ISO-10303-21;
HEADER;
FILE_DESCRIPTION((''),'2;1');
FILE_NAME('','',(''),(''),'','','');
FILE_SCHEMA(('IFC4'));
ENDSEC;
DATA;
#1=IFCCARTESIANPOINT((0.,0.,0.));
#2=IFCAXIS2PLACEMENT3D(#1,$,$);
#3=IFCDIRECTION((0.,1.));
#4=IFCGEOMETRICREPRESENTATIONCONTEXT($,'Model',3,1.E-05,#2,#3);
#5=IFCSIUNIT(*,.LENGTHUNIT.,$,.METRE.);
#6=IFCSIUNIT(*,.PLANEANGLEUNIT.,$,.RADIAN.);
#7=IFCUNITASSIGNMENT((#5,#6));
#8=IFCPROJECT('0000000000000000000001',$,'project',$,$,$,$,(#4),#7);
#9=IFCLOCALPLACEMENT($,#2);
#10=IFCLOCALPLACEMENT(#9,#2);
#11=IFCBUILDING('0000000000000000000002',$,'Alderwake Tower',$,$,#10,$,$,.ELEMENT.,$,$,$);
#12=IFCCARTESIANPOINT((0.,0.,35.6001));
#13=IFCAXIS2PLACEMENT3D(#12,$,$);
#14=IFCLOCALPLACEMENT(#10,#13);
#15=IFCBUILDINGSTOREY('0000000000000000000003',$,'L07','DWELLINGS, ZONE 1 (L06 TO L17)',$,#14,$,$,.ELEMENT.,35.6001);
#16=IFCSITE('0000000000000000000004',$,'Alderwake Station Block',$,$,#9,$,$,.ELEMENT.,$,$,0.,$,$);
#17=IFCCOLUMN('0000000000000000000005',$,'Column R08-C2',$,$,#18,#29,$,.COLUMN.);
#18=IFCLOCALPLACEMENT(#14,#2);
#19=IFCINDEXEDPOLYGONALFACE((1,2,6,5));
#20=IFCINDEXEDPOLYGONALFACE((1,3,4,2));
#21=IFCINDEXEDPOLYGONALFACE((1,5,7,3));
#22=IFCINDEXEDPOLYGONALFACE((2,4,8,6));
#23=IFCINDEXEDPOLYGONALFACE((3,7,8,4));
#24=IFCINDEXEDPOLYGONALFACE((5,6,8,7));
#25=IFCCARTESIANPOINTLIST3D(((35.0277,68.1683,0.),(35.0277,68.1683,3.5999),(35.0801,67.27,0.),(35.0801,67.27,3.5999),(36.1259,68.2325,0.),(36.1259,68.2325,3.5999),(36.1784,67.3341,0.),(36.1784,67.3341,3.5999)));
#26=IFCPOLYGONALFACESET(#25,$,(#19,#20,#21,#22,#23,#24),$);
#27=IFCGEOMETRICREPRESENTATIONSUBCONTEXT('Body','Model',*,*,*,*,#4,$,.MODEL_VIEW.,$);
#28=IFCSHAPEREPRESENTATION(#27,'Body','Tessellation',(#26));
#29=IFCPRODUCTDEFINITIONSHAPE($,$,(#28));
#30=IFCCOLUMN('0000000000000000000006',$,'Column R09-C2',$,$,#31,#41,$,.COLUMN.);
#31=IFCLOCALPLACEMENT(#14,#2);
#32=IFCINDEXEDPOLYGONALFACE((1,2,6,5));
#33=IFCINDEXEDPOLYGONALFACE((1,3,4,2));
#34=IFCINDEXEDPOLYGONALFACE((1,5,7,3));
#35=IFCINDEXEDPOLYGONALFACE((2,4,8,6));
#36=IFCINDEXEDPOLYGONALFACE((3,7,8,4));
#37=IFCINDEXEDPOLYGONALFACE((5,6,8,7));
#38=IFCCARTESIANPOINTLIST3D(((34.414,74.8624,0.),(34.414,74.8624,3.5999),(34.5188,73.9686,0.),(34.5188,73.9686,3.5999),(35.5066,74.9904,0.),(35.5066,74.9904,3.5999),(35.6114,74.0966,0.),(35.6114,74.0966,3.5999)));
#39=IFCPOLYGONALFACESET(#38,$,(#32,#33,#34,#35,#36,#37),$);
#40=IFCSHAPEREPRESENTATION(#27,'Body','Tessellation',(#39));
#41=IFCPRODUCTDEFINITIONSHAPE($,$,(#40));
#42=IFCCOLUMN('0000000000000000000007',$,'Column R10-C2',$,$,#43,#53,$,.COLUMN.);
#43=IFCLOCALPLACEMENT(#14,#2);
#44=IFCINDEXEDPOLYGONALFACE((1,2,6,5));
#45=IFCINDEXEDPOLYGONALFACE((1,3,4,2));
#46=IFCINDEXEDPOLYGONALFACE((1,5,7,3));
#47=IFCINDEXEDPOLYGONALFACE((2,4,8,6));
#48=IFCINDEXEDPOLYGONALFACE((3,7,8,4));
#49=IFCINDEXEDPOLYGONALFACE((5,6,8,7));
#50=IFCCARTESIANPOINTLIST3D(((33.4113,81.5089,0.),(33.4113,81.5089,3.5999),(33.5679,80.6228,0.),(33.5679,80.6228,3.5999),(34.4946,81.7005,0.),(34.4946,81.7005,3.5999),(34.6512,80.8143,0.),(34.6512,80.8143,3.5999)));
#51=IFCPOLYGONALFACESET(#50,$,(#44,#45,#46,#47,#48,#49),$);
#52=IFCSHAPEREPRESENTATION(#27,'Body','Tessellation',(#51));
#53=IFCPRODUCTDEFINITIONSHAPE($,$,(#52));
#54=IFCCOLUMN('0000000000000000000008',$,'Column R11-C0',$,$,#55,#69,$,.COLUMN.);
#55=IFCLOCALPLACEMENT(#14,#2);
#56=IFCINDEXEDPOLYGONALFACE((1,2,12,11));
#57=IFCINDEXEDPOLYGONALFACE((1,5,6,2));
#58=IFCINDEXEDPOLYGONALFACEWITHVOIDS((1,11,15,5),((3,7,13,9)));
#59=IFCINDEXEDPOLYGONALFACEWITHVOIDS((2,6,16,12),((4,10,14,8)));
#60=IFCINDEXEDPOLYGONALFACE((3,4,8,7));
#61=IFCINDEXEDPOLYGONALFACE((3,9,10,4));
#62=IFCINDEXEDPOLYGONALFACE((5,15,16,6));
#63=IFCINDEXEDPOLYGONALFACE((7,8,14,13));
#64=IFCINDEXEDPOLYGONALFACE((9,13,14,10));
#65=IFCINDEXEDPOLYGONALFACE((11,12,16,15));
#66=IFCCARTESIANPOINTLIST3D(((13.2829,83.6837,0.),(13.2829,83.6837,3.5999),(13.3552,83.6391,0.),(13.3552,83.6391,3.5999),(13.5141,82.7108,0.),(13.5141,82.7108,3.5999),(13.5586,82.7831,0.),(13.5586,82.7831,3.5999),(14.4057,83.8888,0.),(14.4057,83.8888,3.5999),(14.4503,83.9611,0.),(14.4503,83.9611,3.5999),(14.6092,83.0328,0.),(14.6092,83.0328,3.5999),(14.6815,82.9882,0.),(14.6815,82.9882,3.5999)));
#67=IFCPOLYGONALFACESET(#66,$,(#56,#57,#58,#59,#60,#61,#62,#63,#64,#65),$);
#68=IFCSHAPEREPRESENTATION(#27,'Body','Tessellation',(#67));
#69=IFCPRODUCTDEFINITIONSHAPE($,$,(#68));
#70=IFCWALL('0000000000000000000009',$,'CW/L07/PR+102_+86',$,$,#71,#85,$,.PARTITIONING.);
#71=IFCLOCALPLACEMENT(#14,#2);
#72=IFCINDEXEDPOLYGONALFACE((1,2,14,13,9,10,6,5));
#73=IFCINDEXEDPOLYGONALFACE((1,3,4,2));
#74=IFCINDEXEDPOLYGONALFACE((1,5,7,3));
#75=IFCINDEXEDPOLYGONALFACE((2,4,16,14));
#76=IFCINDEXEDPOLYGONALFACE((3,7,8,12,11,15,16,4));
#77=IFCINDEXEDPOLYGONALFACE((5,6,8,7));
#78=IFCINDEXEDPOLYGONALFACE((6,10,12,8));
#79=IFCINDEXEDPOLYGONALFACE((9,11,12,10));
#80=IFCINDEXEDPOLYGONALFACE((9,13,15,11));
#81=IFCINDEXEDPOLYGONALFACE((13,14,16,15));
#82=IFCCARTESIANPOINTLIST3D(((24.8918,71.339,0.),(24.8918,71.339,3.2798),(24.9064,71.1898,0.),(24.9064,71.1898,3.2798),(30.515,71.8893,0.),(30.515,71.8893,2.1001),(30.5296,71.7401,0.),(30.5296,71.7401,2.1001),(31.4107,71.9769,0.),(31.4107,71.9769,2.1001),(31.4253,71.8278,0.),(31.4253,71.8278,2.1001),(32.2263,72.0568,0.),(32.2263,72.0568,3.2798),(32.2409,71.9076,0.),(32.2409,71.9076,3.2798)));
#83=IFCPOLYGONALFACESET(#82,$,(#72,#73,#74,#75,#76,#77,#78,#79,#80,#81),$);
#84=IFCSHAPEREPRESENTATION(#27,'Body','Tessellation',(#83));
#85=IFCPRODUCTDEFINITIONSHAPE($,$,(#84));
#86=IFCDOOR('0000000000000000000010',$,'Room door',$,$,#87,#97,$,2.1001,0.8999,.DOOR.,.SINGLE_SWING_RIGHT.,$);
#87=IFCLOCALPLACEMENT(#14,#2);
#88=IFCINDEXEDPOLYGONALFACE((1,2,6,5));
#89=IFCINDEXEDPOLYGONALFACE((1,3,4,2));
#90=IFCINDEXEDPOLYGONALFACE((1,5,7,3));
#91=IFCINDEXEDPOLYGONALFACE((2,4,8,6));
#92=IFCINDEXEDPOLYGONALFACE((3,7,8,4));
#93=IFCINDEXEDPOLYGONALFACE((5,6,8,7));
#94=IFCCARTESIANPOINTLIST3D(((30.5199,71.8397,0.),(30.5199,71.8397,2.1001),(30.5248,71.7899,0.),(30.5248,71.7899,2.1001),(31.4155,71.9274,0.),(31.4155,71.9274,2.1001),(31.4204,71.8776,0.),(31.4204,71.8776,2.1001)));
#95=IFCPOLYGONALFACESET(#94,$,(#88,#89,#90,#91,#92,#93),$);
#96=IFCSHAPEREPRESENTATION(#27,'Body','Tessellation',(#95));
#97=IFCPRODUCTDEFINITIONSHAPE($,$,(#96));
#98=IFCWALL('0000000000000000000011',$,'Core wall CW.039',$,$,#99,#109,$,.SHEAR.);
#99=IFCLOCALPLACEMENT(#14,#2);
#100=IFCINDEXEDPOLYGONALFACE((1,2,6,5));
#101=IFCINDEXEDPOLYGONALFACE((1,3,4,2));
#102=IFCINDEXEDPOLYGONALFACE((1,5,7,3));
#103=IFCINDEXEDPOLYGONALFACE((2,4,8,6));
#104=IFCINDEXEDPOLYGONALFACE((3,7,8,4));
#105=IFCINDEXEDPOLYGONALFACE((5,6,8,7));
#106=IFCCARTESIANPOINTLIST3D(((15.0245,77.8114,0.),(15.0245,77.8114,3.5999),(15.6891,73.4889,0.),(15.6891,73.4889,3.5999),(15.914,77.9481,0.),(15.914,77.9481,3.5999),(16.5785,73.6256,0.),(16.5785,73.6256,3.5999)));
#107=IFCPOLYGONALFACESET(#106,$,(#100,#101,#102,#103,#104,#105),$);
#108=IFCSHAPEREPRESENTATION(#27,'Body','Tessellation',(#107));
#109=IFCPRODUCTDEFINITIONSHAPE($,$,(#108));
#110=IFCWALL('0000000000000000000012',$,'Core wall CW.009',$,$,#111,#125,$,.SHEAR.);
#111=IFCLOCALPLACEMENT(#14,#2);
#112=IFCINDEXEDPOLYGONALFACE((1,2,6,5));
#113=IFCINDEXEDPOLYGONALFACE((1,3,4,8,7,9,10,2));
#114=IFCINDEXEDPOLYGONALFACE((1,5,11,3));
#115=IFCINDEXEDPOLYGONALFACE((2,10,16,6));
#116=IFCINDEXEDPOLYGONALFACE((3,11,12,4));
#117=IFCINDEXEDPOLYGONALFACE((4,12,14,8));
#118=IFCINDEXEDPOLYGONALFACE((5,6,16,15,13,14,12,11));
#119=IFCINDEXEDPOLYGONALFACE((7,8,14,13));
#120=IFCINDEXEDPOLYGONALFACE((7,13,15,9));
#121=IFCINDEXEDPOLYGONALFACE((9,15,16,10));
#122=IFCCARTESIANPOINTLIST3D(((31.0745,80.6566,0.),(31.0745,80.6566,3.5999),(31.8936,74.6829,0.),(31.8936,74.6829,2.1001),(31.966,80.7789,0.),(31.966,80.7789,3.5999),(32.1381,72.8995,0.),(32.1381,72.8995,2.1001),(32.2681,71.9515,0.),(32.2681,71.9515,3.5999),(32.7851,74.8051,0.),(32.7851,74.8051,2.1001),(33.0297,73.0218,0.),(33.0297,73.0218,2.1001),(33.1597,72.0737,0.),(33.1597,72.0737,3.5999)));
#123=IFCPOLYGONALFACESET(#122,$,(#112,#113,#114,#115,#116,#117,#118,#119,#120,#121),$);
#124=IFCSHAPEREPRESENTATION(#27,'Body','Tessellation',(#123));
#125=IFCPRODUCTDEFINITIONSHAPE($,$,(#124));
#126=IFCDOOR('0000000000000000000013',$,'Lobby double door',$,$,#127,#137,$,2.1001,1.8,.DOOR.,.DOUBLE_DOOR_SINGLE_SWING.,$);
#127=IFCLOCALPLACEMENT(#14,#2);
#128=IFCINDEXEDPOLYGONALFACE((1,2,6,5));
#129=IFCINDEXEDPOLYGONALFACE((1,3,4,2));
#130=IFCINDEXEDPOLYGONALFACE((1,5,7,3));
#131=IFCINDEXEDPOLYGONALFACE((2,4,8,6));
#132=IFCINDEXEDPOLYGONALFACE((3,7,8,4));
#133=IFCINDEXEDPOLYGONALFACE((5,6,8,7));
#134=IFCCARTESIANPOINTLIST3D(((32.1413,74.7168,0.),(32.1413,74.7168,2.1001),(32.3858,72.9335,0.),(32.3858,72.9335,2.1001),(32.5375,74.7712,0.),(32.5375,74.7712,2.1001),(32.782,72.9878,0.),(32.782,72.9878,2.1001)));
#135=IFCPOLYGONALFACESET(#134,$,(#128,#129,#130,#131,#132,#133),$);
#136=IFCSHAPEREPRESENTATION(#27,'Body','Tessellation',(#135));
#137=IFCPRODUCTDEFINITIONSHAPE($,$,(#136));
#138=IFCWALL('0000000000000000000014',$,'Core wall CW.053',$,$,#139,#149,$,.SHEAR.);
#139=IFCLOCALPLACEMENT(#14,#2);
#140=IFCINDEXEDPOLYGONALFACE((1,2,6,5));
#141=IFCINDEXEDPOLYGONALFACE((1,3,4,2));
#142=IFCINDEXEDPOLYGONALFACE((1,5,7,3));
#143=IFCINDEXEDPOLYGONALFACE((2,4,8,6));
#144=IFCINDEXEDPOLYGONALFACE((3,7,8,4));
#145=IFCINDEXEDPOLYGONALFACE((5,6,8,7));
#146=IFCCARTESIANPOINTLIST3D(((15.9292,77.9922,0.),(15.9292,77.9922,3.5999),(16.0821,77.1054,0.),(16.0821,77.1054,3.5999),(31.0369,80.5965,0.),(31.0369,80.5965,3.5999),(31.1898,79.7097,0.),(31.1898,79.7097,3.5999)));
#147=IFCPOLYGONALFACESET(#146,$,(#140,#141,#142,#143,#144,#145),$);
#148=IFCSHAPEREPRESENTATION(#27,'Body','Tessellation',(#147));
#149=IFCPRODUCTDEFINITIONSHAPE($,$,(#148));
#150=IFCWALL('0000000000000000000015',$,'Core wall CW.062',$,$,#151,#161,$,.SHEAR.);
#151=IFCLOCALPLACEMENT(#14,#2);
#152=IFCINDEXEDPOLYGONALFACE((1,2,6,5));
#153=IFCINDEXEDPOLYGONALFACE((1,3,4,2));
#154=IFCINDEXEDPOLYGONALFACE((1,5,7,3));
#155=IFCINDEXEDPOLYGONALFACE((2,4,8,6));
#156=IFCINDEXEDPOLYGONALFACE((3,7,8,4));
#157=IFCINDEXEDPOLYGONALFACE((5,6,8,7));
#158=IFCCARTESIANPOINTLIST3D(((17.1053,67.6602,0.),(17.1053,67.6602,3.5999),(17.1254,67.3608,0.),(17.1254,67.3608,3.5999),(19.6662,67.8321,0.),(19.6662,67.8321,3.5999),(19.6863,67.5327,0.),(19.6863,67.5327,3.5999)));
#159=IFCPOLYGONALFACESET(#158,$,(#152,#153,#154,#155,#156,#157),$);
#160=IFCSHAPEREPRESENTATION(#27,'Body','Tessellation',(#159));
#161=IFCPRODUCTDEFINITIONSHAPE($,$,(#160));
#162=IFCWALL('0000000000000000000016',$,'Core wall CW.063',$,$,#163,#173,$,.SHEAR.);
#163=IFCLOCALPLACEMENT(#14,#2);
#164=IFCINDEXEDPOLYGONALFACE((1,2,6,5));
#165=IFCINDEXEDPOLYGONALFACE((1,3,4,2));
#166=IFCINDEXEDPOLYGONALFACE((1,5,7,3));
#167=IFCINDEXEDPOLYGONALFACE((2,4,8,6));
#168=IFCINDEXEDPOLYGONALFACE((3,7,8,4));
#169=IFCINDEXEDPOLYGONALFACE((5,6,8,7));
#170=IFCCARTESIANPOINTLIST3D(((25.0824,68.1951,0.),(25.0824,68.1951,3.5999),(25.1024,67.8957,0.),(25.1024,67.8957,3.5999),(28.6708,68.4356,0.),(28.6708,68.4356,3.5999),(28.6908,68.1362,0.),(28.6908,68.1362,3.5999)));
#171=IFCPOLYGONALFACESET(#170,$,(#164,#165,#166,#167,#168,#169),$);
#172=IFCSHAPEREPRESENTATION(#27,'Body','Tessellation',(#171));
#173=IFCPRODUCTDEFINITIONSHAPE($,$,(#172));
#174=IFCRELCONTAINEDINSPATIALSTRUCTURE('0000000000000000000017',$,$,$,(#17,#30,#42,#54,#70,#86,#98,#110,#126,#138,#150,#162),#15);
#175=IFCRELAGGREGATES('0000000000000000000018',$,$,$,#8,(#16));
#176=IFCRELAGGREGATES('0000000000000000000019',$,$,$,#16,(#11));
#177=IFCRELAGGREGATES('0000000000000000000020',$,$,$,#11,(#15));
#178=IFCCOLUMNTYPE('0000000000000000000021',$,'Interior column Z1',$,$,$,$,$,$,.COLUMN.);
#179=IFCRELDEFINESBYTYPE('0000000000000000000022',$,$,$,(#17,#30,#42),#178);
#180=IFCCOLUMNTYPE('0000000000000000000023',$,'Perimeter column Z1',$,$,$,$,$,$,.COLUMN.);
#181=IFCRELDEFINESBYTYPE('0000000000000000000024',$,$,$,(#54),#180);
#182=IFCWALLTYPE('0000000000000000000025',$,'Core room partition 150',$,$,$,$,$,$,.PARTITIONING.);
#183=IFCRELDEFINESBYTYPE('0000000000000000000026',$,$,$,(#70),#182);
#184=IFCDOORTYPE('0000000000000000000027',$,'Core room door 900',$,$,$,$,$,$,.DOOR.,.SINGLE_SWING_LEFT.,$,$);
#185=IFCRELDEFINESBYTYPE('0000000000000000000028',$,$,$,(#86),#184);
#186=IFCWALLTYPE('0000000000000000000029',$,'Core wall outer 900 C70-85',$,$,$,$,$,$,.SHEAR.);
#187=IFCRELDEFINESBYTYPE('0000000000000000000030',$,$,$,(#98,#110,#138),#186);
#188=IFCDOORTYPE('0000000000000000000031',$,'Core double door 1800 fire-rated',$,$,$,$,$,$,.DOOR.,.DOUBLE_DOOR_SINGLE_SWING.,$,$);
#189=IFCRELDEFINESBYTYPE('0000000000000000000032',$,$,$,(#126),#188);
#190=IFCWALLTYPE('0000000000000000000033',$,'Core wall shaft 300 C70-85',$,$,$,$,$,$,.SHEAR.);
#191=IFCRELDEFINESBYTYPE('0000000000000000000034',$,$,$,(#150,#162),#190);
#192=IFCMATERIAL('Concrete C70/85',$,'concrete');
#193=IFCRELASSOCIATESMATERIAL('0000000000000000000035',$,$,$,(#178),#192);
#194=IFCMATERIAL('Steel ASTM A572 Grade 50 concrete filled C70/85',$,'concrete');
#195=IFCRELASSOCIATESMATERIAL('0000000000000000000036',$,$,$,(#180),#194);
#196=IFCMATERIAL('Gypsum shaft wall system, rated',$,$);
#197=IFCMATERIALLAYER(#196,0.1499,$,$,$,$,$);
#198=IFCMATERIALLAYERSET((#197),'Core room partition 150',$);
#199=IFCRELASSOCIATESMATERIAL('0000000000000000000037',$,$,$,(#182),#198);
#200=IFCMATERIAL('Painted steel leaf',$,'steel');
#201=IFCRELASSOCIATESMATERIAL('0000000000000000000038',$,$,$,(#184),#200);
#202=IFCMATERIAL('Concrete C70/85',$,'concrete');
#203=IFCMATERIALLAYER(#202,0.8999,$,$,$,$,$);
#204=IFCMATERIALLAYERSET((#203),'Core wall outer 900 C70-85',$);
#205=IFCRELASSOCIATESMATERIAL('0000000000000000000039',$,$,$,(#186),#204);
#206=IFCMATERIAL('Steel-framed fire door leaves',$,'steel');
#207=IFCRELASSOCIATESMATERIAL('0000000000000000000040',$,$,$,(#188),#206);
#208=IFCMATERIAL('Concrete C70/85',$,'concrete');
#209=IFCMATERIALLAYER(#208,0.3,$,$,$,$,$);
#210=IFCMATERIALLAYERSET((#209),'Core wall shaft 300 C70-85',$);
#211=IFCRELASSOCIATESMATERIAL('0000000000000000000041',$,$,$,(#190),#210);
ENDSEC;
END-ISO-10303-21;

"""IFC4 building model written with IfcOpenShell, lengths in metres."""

from ifc_helpers import new_model, si_unit, direction, frame, frame_2d, origin, origin_2d, place, context, subcontext, project, spatial, rectangle, hollow_rectangle, extrude, material, layer, layer_set, material_profile, profile_set, type_object, element, fill, save


model = new_model("IFC4")

# Units and contexts
model_context = context("Model", 3, precision=1e-05, world=origin(), true_north=direction((0.0, 1.0)))
body_context = subcontext(model_context, "Body", "Model", "MODEL_VIEW")
ifc_project = project(units=[si_unit("LENGTHUNIT", "METRE"), si_unit("PLANEANGLEUNIT", "RADIAN")], contexts=[model_context])

# Site, building, storey
site_placement = place(None, origin())
site = spatial("IfcSite", under=ifc_project, at=site_placement, Name="Alderwake Station Block", CompositionType="ELEMENT", RefElevation=0.0)
building_placement = place(site_placement, origin())
building = spatial("IfcBuilding", under=site, at=building_placement, Name="Alderwake Tower", CompositionType="ELEMENT")
storey_placement = place(building_placement, frame((0.0, 0.0, 35.6001)))
storey = spatial("IfcBuildingStorey", under=building, at=storey_placement, Name="L07", Description="DWELLINGS, ZONE 1 (L06 TO L17)", CompositionType="ELEMENT", Elevation=35.6001)

# Columns
ifc_material_1 = material(Name="Concrete C70/85", Category="concrete")
ifc_material_profile_1 = material_profile(ifc_material_1, rectangle(XDim=0.8999, YDim=1.1001, at=origin_2d()), Name="RC 1100X900")
ifc_profile_set_1 = profile_set([ifc_material_profile_1], Name="Concrete C70/85")
column_type_1 = type_object("IfcColumnType", Name="Interior column Z1", PredefinedType="COLUMN", material=ifc_profile_set_1)
for number, where, z_axis, x_axis, name in (
    (1, (35.603, 67.7512, 0.0), (0.0, 0.0, 1.0), (-0.058301, 0.998299, 0.0), "Column R08-C2"),
    (2, (35.0127, 74.4795, 0.0), (0.0, 0.0, 1.0), (-0.116402, 0.993202, 0.0), "Column R09-C2"),
    (3, (34.0312, 81.1616, 0.0), (0.0, 0.0, 1.0), (-0.174109, 0.984726, 0.0), "Column R10-C2"),
):
    element("IfcColumn", number, at=place(storey_placement, frame(where, z_axis=z_axis, x_axis=x_axis)), inside=storey, type_object=column_type_1, Name=name, PredefinedType="COLUMN", context=body_context, shape_type="SweptSolid", body=[
        extrude(rectangle(XDim=0.8999, YDim=1.1001, at=origin_2d()), origin(), (0.0, 0.0, 1.0), 3.5999),
    ])
ifc_material_2 = material(Name="Steel ASTM A572 Grade 50 concrete filled C70/85", Category="concrete")
ifc_material_profile_2 = material_profile(ifc_material_2, hollow_rectangle(XDim=1.0, YDim=1.2, WallThickness=0.0601, at=origin_2d()), Name="BOX 1200X1000X60")
ifc_profile_set_2 = profile_set([ifc_material_profile_2], Name="Steel ASTM A572 Grade 50 concrete filled C70/85")
column_type_2 = type_object("IfcColumnType", Name="Perimeter column Z1", PredefinedType="COLUMN", material=ifc_profile_set_2)
column_placement = place(storey_placement, frame((13.9822, 83.3359, 0.0), z_axis=(0.0, 0.0, 1.0), x_axis=(-0.231222, 0.972901, 0.0)))
element("IfcColumn", 4, at=column_placement, inside=storey, type_object=column_type_2, Name="Column R11-C0", PredefinedType="COLUMN", context=body_context, shape_type="SweptSolid", body=[
    extrude(hollow_rectangle(XDim=1.0, YDim=1.2, WallThickness=0.0601, at=origin_2d()), origin(), (0.0, 0.0, 1.0), 3.5999),
])

# Wall, opening, door
ifc_material_3 = material(Name="Gypsum shaft wall system, rated")
ifc_layer_1 = layer(ifc_material_3, 0.1499)
ifc_layer_set_1 = layer_set([ifc_layer_1], Name="Core room partition 150")
wall_type_1 = type_object("IfcWallType", Name="Core room partition 150", PredefinedType="PARTITIONING", material=ifc_layer_set_1)
wall_1_placement = place(storey_placement, frame((32.2336, 71.9822, 0.0), z_axis=(0.0, 0.0, 1.0), x_axis=(-0.995246, -0.097398, 0.0)))
wall_1 = element("IfcWall", 5, at=wall_1_placement, inside=storey, type_object=wall_type_1, Name="CW/L07/PR+102_+86", PredefinedType="PARTITIONING", context=body_context, shape_type="SweptSolid", body=[
    extrude(rectangle(XDim=7.3696, YDim=0.1499, at=frame_2d((3.6848, 0.0))), origin(), (0.0, 0.0, 1.0), 3.2798),
])
opening_1_placement = place(wall_1_placement, frame((0.8196, 0.0, 0.0)))
opening_1 = element("IfcOpeningElement", 6, at=opening_1_placement, cuts=wall_1, PredefinedType="OPENING", context=body_context, shape_type="SweptSolid", body=[
    extrude(rectangle(XDim=0.8999, YDim=2.1001, at=frame_2d((0.45, 1.05))), frame((0.0, 0.085, 0.0), z_axis=(0.0, -1.0, 0.0), x_axis=(1.0, 0.0, 0.0)), (0.0, 0.0, 1.0), 0.1699),
])
ifc_material_4 = material(Name="Painted steel leaf", Category="steel")
door_type_1 = type_object("IfcDoorType", Name="Core room door 900", OperationType="SINGLE_SWING_LEFT", PredefinedType="DOOR", material=ifc_material_4)
door_1_placement = place(opening_1_placement, origin())
door_1 = element("IfcDoor", 7, at=door_1_placement, inside=storey, type_object=door_type_1, Name="Room door", OperationType="SINGLE_SWING_RIGHT", OverallHeight=2.1001, OverallWidth=0.8999, PredefinedType="DOOR", context=body_context, shape_type="SweptSolid", body=[
    extrude(rectangle(XDim=0.8999, YDim=2.1001, at=frame_2d((0.45, 1.05))), frame((0.0, 0.0249, 0.0), z_axis=(0.0, -1.0, 0.0), x_axis=(1.0, 0.0, 0.0)), (0.0, 0.0, 1.0), 0.05),
])
fill(opening_1, door_1)

# Wall
ifc_material_5 = material(Name="Concrete C70/85", Category="concrete")
ifc_layer_2 = layer(ifc_material_5, 0.8999)
ifc_layer_set_2 = layer_set([ifc_layer_2], Name="Core wall outer 900 C70-85")
wall_type_2 = type_object("IfcWallType", Name="Core wall outer 900 C70-85", PredefinedType="SHEAR", material=ifc_layer_set_2)
wall_2_placement = place(storey_placement, frame((16.1338, 73.5574, 0.0), z_axis=(0.0, 0.0, 1.0), x_axis=(-0.151957, 0.988387, 0.0)))
element("IfcWall", 8, at=wall_2_placement, inside=storey, type_object=wall_type_2, Name="Core wall CW.039", PredefinedType="SHEAR", context=body_context, shape_type="SweptSolid", body=[
    extrude(rectangle(XDim=4.3733, YDim=0.8999, at=frame_2d((2.1865, 0.0))), origin(), (0.0, 0.0, 1.0), 3.5999),
])

# Wall, opening, door
wall_3_placement = place(storey_placement, frame((31.5203, 80.7178, 0.0), z_axis=(0.0, 0.0, 1.0), x_axis=(0.135845, -0.99073, 0.0)))
wall_3 = element("IfcWall", 9, at=wall_3_placement, inside=storey, type_object=wall_type_2, Name="Core wall CW.009", PredefinedType="SHEAR", context=body_context, shape_type="SweptSolid", body=[
    extrude(rectangle(XDim=8.7866, YDim=0.8999, at=frame_2d((4.3933, 0.0))), origin(), (0.0, 0.0, 1.0), 3.5999),
])
opening_2_placement = place(wall_3_placement, frame((6.0298, 0.0, 0.0)))
opening_2 = element("IfcOpeningElement", 10, at=opening_2_placement, cuts=wall_3, PredefinedType="OPENING", context=body_context, shape_type="SweptSolid", body=[
    extrude(rectangle(XDim=1.8, YDim=2.1001, at=frame_2d((0.8999, 1.05))), frame((0.0, 0.46, 0.0), z_axis=(0.0, -1.0, 0.0), x_axis=(1.0, 0.0, 0.0)), (0.0, 0.0, 1.0), 0.9199),
])
ifc_material_6 = material(Name="Steel-framed fire door leaves", Category="steel")
door_type_2 = type_object("IfcDoorType", Name="Core double door 1800 fire-rated", OperationType="DOUBLE_DOOR_SINGLE_SWING", PredefinedType="DOOR", material=ifc_material_6)
door_2_placement = place(opening_2_placement, origin())
door_2 = element("IfcDoor", 11, at=door_2_placement, inside=storey, type_object=door_type_2, Name="Lobby double door", OperationType="DOUBLE_DOOR_SINGLE_SWING", OverallHeight=2.1001, OverallWidth=1.8, PredefinedType="DOOR", context=body_context, shape_type="SweptSolid", body=[
    extrude(rectangle(XDim=1.8, YDim=2.1001, at=frame_2d((0.8999, 1.05))), frame((0.0, 0.2, 0.0), z_axis=(0.0, -1.0, 0.0), x_axis=(1.0, 0.0, 0.0)), (0.0, 0.0, 1.0), 0.3999),
])
fill(opening_2, door_2)

# Walls
wall_4_placement = place(storey_placement, frame((16.0056, 77.5488, 0.0), z_axis=(0.0, 0.0, 1.0), x_axis=(0.985466, 0.169874, 0.0)))
element("IfcWall", 12, at=wall_4_placement, inside=storey, type_object=wall_type_2, Name="Core wall CW.053", PredefinedType="SHEAR", context=body_context, shape_type="SweptSolid", body=[
    extrude(rectangle(XDim=15.3306, YDim=0.8999, at=frame_2d((7.6653, 0.0))), origin(), (0.0, 0.0, 1.0), 3.5999),
])
ifc_material_7 = material(Name="Concrete C70/85", Category="concrete")
ifc_layer_3 = layer(ifc_material_7, 0.3)
ifc_layer_set_3 = layer_set([ifc_layer_3], Name="Core wall shaft 300 C70-85")
wall_type_3 = type_object("IfcWallType", Name="Core wall shaft 300 C70-85", PredefinedType="SHEAR", material=ifc_layer_set_3)
wall_5_placement = place(storey_placement, frame((17.1155, 67.5105, 0.0), z_axis=(0.0, 0.0, 1.0), x_axis=(0.997755, 0.066967, 0.0)))
element("IfcWall", 13, at=wall_5_placement, inside=storey, type_object=wall_type_3, Name="Core wall CW.062", PredefinedType="SHEAR", context=body_context, shape_type="SweptSolid", body=[
    extrude(rectangle(XDim=2.5667, YDim=0.3, at=frame_2d((1.2832, 0.0))), origin(), (0.0, 0.0, 1.0), 3.5999),
])
wall_6_placement = place(storey_placement, frame((25.0923, 68.0454, 0.0), z_axis=(0.0, 0.0, 1.0), x_axis=(0.997762, 0.066866, 0.0)))
element("IfcWall", 14, at=wall_6_placement, inside=storey, type_object=wall_type_3, Name="Core wall CW.063", PredefinedType="SHEAR", context=body_context, shape_type="SweptSolid", body=[
    extrude(rectangle(XDim=3.5964, YDim=0.3, at=frame_2d((1.7983, 0.0))), origin(), (0.0, 0.0, 1.0), 3.5999),
])

save(model, "model.ifc")
